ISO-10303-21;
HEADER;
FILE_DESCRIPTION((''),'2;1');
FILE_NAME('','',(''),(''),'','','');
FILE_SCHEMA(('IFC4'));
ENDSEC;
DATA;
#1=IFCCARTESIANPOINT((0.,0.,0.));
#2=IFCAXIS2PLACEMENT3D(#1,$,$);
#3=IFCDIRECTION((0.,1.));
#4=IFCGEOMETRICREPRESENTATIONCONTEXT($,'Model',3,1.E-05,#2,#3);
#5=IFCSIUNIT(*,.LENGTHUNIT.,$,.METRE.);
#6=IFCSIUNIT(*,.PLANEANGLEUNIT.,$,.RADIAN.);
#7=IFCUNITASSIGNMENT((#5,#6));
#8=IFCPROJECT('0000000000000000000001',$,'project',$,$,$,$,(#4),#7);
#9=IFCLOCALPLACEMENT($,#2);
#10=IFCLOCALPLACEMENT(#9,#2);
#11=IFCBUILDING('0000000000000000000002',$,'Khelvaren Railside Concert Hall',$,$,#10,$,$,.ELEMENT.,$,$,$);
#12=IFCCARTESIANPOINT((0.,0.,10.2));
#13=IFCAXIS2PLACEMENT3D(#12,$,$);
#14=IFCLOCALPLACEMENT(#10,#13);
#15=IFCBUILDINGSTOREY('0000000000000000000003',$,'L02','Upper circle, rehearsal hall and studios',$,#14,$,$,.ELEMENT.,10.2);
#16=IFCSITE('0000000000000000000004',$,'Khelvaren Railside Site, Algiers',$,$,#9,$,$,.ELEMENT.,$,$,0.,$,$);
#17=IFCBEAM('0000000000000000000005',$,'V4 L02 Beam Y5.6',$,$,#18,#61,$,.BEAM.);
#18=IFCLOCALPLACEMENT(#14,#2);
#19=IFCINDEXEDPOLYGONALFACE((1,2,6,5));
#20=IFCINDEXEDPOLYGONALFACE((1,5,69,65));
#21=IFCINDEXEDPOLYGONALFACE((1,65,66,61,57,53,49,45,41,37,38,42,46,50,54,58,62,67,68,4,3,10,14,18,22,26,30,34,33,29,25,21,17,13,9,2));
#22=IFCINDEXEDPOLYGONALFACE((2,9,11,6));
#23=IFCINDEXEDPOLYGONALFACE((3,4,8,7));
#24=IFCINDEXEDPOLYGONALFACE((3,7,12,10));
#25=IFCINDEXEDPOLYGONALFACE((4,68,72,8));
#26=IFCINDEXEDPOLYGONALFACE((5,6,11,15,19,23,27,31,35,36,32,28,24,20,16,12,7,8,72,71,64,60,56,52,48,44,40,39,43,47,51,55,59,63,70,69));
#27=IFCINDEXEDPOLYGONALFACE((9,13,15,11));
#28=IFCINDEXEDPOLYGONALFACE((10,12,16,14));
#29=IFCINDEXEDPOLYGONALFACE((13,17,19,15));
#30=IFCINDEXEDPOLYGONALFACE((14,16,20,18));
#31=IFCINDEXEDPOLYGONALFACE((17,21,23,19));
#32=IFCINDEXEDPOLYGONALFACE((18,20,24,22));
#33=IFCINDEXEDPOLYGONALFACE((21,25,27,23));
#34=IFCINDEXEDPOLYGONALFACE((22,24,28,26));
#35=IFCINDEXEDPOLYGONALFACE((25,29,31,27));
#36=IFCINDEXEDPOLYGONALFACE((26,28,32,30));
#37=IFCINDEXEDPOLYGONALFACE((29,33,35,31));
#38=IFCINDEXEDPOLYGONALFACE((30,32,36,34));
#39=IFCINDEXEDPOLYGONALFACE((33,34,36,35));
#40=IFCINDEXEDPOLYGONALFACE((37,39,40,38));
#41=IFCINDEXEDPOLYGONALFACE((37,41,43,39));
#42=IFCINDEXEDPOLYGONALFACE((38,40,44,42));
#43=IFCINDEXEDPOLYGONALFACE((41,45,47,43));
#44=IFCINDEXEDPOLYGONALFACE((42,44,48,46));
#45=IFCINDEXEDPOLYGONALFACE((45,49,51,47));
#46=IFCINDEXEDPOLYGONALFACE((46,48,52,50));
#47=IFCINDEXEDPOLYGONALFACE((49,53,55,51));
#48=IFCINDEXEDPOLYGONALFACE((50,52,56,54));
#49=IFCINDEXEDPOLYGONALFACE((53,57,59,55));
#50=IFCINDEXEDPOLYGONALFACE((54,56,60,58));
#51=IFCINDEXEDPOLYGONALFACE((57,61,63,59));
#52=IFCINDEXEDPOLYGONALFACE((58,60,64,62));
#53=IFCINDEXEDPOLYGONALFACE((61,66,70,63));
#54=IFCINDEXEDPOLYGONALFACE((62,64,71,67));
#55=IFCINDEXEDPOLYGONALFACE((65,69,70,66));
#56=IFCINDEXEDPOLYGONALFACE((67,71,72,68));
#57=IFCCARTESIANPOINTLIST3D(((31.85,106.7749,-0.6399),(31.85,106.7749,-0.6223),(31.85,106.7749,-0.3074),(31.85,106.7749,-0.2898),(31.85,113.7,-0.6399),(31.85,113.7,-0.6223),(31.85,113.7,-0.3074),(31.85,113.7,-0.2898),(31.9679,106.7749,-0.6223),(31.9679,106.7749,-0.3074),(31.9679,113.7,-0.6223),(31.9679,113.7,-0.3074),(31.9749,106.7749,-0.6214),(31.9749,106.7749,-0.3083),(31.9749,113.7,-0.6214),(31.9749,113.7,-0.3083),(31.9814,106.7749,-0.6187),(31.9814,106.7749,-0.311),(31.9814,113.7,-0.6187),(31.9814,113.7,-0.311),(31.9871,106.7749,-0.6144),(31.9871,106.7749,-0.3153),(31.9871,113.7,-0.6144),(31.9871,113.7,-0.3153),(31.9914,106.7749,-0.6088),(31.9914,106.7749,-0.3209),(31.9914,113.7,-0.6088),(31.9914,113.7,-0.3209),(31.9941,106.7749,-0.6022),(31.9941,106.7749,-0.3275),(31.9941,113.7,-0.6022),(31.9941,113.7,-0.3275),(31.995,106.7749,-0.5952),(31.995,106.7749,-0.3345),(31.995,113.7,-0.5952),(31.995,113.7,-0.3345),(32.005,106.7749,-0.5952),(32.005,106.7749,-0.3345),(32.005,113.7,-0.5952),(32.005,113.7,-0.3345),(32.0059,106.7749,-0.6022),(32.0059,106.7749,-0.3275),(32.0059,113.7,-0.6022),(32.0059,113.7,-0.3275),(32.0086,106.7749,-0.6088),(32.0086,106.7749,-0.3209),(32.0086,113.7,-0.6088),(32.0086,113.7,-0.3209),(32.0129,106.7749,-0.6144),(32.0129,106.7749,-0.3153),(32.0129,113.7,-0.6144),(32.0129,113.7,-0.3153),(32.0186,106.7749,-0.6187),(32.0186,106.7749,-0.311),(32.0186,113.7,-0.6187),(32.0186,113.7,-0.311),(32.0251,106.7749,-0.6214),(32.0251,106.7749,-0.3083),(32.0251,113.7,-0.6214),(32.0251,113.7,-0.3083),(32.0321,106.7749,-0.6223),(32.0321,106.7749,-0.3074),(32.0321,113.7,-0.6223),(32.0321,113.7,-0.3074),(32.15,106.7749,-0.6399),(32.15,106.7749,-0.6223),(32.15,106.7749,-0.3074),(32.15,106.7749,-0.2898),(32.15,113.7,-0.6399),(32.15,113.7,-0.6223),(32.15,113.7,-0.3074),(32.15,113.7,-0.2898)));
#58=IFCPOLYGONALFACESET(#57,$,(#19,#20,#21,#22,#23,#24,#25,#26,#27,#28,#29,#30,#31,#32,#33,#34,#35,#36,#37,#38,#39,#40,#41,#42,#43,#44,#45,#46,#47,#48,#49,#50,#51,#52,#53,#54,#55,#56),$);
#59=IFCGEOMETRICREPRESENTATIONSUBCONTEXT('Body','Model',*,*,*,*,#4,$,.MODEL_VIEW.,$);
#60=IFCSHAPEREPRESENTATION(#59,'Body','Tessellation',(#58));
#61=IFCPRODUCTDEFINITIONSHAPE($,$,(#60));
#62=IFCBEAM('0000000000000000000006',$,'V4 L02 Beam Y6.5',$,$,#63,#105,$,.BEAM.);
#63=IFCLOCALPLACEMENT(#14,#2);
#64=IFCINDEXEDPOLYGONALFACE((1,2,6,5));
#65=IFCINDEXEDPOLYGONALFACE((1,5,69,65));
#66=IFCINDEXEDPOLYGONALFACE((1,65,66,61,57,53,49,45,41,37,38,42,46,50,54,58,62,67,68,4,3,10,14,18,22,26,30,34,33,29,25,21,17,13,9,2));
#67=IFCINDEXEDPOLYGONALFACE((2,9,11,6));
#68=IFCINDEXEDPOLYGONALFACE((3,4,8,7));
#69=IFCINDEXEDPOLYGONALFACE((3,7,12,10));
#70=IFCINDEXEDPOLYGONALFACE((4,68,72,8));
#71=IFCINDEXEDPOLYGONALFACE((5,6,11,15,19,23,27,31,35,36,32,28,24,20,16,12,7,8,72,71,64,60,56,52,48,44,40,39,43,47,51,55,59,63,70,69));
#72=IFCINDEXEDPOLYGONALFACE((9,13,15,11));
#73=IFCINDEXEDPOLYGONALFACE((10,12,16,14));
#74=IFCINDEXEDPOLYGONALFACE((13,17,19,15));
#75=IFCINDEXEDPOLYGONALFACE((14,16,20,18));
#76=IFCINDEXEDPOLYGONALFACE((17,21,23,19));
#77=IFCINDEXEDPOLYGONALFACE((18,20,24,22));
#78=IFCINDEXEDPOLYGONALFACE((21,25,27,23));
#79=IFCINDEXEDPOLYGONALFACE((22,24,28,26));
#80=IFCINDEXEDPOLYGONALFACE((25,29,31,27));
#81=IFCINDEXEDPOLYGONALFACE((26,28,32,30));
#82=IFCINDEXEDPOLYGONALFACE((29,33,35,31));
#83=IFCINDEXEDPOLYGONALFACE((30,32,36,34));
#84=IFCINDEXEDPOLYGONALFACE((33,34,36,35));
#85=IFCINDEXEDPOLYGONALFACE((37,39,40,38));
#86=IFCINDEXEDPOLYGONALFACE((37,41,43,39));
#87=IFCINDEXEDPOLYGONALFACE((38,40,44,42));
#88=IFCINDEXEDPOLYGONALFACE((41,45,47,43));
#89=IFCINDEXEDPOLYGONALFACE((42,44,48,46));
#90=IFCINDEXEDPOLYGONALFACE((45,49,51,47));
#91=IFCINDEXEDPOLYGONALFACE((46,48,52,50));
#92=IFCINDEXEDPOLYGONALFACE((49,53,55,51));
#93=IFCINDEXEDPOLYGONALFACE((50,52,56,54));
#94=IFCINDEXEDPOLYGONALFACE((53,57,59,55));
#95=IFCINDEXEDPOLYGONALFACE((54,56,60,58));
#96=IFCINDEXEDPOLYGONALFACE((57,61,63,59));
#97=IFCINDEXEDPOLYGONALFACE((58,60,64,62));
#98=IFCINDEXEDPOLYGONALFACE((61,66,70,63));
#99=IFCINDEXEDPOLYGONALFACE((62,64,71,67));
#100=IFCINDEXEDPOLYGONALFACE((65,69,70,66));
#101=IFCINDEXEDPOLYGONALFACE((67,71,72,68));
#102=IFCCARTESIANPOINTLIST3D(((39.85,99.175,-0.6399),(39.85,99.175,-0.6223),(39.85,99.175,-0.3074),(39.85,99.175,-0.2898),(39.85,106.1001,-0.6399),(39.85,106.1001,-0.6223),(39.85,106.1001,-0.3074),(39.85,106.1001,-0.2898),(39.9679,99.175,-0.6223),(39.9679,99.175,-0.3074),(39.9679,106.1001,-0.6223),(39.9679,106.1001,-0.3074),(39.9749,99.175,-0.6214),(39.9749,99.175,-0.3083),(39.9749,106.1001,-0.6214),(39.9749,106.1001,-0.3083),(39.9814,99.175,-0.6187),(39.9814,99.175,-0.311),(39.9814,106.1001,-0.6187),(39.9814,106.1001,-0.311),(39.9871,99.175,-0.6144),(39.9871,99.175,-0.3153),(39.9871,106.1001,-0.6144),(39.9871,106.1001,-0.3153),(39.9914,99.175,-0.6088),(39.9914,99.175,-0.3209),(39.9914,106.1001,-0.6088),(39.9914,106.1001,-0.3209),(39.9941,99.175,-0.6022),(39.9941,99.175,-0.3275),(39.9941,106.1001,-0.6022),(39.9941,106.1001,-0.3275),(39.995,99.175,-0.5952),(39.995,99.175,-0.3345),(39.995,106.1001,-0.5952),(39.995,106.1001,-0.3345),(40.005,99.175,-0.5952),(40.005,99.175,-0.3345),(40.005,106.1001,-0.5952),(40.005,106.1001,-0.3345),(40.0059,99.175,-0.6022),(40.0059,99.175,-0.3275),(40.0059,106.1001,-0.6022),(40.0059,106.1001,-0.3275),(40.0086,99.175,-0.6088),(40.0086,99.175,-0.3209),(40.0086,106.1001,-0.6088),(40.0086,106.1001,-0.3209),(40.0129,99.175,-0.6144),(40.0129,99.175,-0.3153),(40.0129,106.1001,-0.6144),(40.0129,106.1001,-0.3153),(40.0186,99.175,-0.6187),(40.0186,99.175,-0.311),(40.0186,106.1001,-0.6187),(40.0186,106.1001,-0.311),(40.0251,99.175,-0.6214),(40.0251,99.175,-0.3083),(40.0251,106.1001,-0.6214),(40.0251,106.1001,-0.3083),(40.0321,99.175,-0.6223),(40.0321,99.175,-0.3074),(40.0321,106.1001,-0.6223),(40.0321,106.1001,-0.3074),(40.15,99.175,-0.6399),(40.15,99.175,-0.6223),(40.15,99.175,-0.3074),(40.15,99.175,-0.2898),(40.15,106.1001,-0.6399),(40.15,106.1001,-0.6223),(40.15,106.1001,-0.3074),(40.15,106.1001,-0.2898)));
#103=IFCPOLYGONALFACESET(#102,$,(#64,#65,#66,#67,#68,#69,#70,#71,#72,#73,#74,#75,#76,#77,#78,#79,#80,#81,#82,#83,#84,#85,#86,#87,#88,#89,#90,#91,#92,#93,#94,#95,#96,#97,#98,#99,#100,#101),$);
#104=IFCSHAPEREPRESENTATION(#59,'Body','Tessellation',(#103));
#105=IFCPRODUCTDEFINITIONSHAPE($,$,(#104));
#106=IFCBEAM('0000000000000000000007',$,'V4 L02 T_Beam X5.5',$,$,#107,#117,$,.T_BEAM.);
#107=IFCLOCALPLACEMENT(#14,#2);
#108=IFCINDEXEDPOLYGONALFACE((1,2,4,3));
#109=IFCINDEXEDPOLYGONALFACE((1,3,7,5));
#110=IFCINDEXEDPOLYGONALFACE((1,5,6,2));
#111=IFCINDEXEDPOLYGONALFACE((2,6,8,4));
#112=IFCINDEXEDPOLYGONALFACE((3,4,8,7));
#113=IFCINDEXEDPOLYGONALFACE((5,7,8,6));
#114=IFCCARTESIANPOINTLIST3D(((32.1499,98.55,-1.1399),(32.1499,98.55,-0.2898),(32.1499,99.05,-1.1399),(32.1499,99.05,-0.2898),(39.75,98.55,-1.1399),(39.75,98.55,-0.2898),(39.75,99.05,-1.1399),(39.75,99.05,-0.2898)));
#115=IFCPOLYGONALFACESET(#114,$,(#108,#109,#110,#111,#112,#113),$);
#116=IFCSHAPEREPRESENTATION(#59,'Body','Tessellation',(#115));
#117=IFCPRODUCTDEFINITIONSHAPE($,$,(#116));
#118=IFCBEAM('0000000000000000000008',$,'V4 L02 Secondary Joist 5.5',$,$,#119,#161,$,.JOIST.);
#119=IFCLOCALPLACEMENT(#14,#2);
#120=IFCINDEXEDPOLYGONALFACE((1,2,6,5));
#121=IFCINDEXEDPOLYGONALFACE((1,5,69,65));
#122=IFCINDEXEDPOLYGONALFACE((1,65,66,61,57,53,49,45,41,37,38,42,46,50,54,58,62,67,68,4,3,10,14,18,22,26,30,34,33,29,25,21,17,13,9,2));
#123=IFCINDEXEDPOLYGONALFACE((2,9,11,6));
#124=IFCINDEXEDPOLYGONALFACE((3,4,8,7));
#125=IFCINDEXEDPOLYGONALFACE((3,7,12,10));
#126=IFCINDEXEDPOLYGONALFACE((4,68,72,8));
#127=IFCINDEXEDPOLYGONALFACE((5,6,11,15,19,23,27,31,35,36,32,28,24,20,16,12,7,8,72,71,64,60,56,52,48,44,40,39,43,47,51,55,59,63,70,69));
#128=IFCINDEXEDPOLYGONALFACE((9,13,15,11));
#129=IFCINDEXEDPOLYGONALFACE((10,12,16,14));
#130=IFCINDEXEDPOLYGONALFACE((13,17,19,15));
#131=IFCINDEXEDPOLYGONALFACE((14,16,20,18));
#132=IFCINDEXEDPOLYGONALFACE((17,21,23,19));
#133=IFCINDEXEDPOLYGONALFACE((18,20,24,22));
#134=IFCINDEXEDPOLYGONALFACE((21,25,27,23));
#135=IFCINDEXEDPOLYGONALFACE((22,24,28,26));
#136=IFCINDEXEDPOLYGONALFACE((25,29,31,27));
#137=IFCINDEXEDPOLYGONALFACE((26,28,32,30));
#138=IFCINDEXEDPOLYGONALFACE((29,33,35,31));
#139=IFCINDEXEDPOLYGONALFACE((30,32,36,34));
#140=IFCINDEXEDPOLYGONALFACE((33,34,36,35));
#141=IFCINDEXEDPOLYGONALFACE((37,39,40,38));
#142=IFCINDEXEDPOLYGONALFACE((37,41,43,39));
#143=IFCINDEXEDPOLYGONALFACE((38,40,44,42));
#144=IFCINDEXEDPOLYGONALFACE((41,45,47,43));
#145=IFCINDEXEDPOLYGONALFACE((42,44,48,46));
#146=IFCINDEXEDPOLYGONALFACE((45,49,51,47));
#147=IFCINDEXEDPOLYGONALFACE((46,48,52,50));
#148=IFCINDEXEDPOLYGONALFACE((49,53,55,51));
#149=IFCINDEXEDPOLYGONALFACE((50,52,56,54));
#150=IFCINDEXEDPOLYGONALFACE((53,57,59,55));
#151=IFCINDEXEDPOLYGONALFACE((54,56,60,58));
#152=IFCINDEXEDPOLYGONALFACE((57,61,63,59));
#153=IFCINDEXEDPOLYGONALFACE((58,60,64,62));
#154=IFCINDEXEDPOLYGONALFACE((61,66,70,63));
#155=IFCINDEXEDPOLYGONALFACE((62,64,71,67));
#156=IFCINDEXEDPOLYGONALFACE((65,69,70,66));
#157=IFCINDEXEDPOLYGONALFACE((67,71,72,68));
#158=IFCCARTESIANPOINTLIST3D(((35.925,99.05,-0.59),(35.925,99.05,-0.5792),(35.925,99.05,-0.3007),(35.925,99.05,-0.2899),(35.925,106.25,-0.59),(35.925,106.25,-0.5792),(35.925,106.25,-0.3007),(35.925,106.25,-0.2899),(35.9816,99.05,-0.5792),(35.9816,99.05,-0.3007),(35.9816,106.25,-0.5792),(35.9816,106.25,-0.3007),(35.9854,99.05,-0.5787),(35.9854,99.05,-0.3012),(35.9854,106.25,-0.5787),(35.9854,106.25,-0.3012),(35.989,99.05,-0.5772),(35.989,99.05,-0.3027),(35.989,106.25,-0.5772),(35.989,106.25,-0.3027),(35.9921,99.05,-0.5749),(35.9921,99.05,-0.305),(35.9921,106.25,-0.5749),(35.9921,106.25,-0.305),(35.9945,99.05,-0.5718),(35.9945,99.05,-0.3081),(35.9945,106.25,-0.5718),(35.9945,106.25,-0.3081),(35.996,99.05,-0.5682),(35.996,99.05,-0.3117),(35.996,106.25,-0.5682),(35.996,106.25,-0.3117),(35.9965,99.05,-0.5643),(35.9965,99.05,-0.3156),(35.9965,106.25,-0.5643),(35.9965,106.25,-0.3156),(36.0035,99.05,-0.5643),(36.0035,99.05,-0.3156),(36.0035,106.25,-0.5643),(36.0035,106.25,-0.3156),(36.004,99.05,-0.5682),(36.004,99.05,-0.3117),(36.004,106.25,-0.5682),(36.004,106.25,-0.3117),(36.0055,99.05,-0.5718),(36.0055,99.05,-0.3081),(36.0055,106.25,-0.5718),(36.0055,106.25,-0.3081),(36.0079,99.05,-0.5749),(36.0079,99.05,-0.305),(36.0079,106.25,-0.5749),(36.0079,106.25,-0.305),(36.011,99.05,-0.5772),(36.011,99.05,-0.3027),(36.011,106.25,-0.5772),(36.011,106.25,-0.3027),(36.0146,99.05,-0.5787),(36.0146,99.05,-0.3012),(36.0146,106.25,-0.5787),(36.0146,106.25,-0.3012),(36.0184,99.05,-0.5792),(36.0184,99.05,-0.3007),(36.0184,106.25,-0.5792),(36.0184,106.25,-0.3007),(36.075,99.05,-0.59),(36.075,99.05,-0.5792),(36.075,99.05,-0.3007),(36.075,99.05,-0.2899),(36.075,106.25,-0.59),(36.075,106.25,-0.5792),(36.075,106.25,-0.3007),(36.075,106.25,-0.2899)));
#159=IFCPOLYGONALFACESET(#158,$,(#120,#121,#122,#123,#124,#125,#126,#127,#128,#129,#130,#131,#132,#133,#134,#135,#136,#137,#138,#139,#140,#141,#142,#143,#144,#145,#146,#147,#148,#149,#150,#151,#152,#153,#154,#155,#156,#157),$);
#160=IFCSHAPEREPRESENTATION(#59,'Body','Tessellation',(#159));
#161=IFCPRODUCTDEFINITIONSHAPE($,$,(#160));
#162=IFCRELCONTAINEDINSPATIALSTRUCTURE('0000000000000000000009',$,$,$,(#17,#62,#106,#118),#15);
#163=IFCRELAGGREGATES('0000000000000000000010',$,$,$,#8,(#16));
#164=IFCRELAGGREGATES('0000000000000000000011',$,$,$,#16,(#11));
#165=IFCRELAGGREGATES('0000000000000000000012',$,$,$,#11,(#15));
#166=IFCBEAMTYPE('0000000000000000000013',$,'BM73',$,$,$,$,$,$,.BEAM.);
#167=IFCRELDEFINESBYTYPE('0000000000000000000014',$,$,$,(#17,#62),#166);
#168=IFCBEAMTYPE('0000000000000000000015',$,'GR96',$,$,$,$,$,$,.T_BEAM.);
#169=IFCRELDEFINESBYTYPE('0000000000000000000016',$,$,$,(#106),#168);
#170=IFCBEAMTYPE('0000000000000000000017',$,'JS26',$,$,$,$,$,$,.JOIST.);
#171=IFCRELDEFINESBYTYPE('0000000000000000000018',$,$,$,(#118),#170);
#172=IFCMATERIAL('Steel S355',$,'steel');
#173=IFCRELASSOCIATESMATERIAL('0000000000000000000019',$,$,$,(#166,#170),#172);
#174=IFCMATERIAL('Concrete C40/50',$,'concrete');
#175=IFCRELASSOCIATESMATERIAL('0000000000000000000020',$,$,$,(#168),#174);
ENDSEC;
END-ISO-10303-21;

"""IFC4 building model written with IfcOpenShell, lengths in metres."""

from ifc_helpers import new_model, si_unit, direction, frame, origin, origin_2d, place, context, subcontext, project, spatial, rectangle, i_section, extrude, material, material_profile, profile_set, type_object, element, save


model = new_model("IFC4")

# Units and contexts
model_context = context("Model", 3, precision=1e-05, world=origin(), true_north=direction((0.0, 1.0)))
body_context = subcontext(model_context, "Body", "Model", "MODEL_VIEW")
ifc_project = project(units=[si_unit("LENGTHUNIT", "METRE"), si_unit("PLANEANGLEUNIT", "RADIAN")], contexts=[model_context])

# Site, building, storey
site_placement = place(None, origin())
site = spatial("IfcSite", under=ifc_project, at=site_placement, Name="Khelvaren Railside Site, Algiers", CompositionType="ELEMENT", RefElevation=0.0)
building_placement = place(site_placement, origin())
building = spatial("IfcBuilding", under=site, at=building_placement, Name="Khelvaren Railside Concert Hall", CompositionType="ELEMENT")
storey_placement = place(building_placement, frame((0.0, 0.0, 10.2)))
storey = spatial("IfcBuildingStorey", under=building, at=storey_placement, Name="L02", Description="Upper circle, rehearsal hall and studios", CompositionType="ELEMENT", Elevation=10.2)

# Beams
ifc_material_1 = material(Name="Steel S355", Category="steel")
ifc_material_profile_1 = material_profile(ifc_material_1, i_section(OverallWidth=0.3, OverallDepth=0.3501, WebThickness=0.01, FlangeThickness=0.0176, FilletRadius=0.0271, at=origin_2d()), Name="HEA 360")
ifc_profile_set_1 = profile_set([ifc_material_profile_1], Name="Steel S355")
beam_type_1 = type_object("IfcBeamType", Name="BM73", PredefinedType="BEAM", material=ifc_profile_set_1)
for number, where, z_axis, x_axis, name in (
    (1, (32.0, 106.7749, -0.4648), (0.0, 1.0, 0.0), (-1.0, 0.0, 0.0), "V4 L02 Beam Y5.6"),
    (2, (40.0, 99.175, -0.4648), (0.0, 1.0, 0.0), (-1.0, 0.0, 0.0), "V4 L02 Beam Y6.5"),
):
    element("IfcBeam", number, at=place(storey_placement, frame(where, z_axis=z_axis, x_axis=x_axis)), inside=storey, type_object=beam_type_1, Name=name, PredefinedType="BEAM", context=body_context, shape_type="SweptSolid", body=[
        extrude(i_section(OverallWidth=0.3, OverallDepth=0.3501, WebThickness=0.01, FlangeThickness=0.0176, FilletRadius=0.0271, at=origin_2d()), origin(), (0.0, 0.0, 1.0), 6.925),
    ])
ifc_material_2 = material(Name="Concrete C40/50", Category="concrete")
ifc_material_profile_2 = material_profile(ifc_material_2, rectangle(XDim=0.5, YDim=0.8501, at=origin_2d()), Name="RCB 500x850")
ifc_profile_set_2 = profile_set([ifc_material_profile_2], Name="Concrete C40/50")
beam_type_2 = type_object("IfcBeamType", Name="GR96", PredefinedType="T_BEAM", material=ifc_profile_set_2)
beam_1_placement = place(storey_placement, frame((32.1499, 98.8, -0.7148), z_axis=(1.0, 0.0, 0.0), x_axis=(0.0, 1.0, 0.0)))
element("IfcBeam", 3, at=beam_1_placement, inside=storey, type_object=beam_type_2, Name="V4 L02 T_Beam X5.5", PredefinedType="T_BEAM", context=body_context, shape_type="SweptSolid", body=[
    extrude(rectangle(XDim=0.5, YDim=0.8501, at=origin_2d()), origin(), (0.0, 0.0, 1.0), 7.6001),
])
ifc_material_profile_3 = material_profile(ifc_material_1, i_section(OverallWidth=0.1499, OverallDepth=0.3, WebThickness=0.0071, FlangeThickness=0.0107, FilletRadius=0.0149, at=origin_2d()), Name="IPE 300")
ifc_profile_set_3 = profile_set([ifc_material_profile_3], Name="Steel S355")
beam_type_3 = type_object("IfcBeamType", Name="JS26", PredefinedType="JOIST", material=ifc_profile_set_3)
beam_2_placement = place(storey_placement, frame((36.0, 99.05, -0.4399), z_axis=(0.0, 1.0, 0.0), x_axis=(-1.0, 0.0, 0.0)))
element("IfcBeam", 4, at=beam_2_placement, inside=storey, type_object=beam_type_3, Name="V4 L02 Secondary Joist 5.5", PredefinedType="JOIST", context=body_context, shape_type="SweptSolid", body=[
    extrude(i_section(OverallWidth=0.1499, OverallDepth=0.3, WebThickness=0.0071, FlangeThickness=0.0107, FilletRadius=0.0149, at=origin_2d()), origin(), (0.0, 0.0, 1.0), 7.2),
])

save(model, "model.ifc")
